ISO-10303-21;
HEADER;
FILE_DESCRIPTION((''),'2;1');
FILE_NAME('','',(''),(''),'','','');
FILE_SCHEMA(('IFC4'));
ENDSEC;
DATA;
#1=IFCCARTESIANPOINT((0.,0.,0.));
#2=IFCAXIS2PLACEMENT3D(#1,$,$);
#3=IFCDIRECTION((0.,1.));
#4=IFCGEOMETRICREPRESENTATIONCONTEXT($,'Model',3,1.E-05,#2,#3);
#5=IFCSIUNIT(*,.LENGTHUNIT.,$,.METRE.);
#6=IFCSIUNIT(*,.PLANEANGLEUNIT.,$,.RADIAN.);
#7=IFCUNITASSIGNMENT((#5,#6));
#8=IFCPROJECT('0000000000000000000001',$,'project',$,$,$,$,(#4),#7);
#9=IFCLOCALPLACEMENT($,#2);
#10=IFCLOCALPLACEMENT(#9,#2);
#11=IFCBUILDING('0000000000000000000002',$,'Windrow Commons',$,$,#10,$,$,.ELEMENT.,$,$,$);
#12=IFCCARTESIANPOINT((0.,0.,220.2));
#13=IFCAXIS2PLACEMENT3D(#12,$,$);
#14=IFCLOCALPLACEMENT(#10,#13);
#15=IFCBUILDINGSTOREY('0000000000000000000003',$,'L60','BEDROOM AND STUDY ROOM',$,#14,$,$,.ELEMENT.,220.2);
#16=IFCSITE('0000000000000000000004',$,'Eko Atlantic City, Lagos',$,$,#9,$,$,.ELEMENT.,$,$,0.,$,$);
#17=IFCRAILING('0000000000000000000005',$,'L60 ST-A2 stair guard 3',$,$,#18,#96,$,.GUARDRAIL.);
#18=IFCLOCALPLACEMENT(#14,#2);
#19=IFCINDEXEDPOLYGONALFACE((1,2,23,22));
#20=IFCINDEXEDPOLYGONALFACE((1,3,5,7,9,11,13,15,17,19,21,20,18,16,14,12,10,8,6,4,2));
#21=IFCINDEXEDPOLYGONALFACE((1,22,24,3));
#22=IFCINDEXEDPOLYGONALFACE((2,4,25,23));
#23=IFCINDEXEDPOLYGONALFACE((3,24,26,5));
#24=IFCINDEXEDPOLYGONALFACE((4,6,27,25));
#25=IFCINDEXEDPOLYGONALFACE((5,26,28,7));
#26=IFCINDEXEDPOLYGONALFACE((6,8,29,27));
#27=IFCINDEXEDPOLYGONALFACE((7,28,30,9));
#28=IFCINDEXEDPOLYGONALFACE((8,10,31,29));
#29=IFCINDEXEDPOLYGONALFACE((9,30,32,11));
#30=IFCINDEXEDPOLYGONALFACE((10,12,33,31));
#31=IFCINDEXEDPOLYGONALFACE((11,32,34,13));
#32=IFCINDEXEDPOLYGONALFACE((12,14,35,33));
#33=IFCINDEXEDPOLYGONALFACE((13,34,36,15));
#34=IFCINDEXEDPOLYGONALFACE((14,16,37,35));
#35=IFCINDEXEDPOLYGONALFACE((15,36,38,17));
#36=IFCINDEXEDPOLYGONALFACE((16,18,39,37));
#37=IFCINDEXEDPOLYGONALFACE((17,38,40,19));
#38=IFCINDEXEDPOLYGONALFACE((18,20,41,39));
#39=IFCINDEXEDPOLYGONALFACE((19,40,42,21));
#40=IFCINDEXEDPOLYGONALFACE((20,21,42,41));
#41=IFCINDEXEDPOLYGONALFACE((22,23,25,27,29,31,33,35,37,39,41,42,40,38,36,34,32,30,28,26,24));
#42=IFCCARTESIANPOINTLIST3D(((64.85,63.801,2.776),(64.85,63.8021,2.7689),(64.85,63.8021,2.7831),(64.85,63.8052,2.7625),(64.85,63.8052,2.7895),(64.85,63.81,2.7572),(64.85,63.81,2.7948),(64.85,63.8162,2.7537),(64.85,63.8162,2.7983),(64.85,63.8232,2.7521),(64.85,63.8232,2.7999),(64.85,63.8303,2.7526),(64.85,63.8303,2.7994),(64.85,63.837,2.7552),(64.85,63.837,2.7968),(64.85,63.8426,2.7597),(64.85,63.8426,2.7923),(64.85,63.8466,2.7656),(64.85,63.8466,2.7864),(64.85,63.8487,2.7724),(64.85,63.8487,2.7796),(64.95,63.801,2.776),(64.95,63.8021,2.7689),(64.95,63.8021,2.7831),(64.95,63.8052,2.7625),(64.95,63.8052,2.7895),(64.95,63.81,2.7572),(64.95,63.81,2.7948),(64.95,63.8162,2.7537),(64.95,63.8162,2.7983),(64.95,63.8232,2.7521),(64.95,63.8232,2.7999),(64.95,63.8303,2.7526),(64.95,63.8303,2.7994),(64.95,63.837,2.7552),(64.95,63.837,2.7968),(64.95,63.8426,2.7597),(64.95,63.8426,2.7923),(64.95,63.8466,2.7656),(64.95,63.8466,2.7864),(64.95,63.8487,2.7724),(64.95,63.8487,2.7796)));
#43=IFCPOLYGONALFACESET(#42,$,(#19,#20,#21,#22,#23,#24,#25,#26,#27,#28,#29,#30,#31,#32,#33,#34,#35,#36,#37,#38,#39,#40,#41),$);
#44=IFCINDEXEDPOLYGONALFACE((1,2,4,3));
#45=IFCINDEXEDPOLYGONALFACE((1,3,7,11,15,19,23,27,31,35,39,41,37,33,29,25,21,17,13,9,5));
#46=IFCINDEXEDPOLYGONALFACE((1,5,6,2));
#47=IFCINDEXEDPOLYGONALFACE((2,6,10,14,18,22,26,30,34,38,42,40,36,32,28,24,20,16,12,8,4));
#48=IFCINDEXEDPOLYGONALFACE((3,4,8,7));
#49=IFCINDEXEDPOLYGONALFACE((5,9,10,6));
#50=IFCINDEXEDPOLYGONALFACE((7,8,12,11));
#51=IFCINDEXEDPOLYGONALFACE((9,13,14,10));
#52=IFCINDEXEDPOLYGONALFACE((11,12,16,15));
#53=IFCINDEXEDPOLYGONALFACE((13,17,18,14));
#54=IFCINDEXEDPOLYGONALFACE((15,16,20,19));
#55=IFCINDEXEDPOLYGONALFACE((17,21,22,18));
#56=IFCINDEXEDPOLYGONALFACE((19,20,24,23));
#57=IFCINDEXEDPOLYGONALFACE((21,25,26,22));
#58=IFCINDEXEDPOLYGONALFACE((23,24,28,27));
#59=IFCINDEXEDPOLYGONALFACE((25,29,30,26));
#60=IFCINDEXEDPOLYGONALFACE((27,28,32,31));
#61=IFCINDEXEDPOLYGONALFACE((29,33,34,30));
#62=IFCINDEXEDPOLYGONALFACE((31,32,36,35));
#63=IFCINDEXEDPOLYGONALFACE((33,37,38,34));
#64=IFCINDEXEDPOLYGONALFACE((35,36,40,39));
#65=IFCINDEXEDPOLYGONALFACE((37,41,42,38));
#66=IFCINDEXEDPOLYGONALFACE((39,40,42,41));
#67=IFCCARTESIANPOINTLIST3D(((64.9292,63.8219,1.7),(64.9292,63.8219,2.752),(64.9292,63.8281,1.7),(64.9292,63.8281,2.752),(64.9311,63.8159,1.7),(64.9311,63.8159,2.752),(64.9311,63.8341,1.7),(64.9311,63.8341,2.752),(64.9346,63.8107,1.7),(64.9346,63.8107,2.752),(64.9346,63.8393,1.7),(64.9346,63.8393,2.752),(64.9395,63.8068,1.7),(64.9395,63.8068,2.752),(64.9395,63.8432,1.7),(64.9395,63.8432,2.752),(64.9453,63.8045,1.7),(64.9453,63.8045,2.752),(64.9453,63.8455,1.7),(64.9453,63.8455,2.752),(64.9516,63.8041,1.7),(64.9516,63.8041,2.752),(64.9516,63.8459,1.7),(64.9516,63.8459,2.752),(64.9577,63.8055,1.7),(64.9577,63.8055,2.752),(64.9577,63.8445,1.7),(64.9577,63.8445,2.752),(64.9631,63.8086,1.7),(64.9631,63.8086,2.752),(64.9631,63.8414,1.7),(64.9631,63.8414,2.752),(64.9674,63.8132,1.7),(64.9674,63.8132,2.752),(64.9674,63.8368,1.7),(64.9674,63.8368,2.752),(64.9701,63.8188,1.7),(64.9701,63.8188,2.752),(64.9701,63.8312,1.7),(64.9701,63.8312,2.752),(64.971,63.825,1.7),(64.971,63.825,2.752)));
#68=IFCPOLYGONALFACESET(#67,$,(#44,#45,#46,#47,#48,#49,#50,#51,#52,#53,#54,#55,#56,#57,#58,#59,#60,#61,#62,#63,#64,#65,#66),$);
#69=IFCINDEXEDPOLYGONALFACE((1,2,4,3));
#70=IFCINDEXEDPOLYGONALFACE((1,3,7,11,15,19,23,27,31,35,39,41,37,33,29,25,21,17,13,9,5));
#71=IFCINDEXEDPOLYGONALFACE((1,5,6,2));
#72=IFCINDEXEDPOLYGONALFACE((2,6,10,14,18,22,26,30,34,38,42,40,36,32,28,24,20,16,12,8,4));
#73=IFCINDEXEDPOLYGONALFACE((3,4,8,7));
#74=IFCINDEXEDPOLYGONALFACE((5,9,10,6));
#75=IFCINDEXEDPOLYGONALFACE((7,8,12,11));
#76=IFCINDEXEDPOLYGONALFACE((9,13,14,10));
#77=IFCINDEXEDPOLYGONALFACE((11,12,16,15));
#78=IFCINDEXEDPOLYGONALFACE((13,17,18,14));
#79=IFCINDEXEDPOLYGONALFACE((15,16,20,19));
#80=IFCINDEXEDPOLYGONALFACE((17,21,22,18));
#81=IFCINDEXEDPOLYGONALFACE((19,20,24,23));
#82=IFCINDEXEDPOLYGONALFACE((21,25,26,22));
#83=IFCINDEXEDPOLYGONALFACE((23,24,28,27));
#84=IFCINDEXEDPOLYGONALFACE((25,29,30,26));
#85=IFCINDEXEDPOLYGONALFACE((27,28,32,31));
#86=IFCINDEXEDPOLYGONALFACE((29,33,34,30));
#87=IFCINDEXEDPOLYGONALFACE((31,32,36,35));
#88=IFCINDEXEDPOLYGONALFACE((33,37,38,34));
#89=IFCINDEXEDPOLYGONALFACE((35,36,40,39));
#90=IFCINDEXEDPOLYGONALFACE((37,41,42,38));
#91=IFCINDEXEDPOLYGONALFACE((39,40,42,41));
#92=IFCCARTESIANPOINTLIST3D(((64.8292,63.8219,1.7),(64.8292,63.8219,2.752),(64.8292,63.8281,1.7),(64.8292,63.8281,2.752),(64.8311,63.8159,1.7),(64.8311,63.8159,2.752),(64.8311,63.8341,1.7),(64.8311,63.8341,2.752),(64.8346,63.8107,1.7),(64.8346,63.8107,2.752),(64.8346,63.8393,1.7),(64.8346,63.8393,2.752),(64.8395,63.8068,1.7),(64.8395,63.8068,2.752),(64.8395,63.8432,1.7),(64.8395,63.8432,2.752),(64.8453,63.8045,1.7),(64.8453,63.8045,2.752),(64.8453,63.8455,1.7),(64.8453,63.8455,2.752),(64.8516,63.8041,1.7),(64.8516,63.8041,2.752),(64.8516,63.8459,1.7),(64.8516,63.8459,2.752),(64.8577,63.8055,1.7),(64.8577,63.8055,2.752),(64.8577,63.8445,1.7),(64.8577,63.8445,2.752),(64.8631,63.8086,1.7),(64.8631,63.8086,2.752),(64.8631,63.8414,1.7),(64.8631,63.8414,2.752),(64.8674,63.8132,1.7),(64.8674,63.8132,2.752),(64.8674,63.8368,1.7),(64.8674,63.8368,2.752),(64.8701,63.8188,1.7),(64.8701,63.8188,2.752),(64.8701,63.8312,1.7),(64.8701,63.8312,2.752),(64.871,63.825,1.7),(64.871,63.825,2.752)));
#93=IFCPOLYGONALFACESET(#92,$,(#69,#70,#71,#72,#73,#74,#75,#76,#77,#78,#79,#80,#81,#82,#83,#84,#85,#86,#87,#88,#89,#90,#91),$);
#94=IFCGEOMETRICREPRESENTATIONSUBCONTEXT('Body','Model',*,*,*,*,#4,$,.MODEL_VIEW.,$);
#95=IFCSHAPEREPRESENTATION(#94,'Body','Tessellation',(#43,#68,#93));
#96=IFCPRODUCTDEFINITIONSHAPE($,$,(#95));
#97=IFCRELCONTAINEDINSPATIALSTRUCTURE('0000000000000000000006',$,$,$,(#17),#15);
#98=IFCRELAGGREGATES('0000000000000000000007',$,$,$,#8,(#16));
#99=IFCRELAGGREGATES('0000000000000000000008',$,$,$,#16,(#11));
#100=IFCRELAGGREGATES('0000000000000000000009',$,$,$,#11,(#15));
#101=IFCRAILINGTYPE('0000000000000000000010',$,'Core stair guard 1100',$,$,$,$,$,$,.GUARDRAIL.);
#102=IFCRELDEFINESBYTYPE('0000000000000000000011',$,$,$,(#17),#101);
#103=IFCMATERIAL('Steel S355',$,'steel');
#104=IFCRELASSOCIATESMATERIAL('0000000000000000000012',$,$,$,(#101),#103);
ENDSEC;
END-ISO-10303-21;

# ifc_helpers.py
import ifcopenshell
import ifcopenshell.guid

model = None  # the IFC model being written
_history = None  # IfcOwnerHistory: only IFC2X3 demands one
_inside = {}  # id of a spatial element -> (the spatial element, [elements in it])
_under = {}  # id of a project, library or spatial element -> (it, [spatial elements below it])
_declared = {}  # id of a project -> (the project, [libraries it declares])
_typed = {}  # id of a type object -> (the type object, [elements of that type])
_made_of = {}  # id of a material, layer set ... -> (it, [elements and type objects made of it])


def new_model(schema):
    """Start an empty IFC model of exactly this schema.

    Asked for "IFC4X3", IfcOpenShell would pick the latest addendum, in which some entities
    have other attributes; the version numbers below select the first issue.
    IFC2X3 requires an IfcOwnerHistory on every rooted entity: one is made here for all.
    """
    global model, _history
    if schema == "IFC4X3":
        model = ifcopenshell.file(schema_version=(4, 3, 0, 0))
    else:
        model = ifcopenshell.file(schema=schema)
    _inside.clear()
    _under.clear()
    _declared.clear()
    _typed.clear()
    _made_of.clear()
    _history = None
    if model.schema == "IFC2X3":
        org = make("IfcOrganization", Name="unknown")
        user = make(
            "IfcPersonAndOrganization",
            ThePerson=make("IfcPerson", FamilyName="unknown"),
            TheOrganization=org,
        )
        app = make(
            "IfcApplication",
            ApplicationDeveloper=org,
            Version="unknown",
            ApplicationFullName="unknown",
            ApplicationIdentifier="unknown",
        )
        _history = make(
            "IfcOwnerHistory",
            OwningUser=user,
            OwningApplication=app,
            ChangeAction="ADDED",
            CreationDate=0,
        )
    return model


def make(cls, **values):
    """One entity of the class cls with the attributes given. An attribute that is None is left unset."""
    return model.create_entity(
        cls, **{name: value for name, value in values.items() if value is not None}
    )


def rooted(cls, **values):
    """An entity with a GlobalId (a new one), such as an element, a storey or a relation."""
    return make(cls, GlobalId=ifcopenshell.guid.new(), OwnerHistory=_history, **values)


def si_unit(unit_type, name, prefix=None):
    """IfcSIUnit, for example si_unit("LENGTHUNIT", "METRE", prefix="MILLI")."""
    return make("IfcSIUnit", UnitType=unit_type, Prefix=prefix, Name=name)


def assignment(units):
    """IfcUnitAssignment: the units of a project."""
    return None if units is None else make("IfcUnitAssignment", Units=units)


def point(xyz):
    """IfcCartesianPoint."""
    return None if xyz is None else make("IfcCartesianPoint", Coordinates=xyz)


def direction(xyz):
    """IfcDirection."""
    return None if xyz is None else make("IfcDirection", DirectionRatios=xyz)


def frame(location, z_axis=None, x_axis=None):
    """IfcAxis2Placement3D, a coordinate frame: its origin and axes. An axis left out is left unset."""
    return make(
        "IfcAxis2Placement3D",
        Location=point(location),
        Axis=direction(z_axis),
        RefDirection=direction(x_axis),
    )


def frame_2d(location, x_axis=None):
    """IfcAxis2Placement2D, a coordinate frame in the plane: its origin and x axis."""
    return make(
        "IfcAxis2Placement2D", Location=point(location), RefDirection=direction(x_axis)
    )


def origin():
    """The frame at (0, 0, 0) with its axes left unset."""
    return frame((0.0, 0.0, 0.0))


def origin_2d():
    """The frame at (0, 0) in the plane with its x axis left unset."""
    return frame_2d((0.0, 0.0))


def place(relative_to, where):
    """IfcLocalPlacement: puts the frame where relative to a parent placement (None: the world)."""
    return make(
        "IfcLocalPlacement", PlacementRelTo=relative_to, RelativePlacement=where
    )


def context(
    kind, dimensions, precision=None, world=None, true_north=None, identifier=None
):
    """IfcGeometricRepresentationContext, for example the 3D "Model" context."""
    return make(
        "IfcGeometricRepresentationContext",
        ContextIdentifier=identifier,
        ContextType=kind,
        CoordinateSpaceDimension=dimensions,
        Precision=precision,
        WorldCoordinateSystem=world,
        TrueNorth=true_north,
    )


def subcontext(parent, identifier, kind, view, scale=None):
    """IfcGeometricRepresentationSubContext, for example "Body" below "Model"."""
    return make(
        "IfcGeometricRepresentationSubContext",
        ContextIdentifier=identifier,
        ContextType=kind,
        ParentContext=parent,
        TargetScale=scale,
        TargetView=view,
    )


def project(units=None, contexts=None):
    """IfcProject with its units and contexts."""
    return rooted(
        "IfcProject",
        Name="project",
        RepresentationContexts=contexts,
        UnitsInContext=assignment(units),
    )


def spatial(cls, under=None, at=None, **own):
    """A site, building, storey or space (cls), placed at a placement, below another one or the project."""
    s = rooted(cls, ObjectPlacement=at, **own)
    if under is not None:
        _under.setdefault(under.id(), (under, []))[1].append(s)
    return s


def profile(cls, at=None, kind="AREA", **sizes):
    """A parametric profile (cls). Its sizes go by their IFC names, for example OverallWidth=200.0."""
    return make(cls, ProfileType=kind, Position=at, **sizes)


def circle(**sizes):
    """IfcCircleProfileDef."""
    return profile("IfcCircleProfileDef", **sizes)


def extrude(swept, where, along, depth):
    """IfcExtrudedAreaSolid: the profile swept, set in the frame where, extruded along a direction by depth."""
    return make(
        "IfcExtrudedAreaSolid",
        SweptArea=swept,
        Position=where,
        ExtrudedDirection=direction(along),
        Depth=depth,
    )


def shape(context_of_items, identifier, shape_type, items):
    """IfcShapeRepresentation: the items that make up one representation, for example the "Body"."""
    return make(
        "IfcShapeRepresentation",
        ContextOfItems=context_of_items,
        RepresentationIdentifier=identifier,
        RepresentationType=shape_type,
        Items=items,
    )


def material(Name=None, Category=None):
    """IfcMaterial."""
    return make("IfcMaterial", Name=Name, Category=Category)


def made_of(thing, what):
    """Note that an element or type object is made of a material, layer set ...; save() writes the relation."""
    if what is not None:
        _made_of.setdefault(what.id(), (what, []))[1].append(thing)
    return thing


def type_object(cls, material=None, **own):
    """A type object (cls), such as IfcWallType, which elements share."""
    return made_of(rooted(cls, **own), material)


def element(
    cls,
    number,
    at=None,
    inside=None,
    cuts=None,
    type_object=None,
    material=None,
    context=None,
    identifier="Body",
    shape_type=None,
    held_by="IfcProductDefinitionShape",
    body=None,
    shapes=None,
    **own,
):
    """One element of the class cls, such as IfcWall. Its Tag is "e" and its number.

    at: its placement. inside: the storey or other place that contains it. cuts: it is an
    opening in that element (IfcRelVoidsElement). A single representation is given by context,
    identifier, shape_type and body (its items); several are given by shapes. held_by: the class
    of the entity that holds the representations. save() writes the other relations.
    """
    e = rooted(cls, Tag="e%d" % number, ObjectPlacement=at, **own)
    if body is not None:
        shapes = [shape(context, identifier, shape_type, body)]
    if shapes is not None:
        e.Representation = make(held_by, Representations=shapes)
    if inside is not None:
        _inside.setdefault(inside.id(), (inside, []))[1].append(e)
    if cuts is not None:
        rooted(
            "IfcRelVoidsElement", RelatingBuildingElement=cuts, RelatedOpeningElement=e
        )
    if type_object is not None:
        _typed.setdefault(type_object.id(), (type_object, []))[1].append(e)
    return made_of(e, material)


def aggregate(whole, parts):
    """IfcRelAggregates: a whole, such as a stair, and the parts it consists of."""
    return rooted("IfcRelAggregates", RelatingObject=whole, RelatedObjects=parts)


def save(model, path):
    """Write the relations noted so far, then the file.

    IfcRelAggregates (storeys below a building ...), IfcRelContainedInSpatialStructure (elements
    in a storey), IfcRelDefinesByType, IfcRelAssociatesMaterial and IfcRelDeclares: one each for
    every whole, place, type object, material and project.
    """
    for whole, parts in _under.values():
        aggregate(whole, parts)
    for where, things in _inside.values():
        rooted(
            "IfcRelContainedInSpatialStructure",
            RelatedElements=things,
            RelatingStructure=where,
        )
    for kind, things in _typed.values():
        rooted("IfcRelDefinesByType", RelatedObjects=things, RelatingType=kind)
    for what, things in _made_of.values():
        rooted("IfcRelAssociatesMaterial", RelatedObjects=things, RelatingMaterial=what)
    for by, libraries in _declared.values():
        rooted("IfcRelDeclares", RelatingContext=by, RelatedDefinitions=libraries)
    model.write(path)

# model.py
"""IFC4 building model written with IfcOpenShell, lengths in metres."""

from ifc_helpers import new_model, si_unit, direction, frame, origin, origin_2d, place, context, subcontext, project, spatial, circle, extrude, material, type_object, element, save


model = new_model("IFC4")

# Units and contexts
model_context = context("Model", 3, precision=1e-05, world=origin(), true_north=direction((0.0, 1.0)))
body_context = subcontext(model_context, "Body", "Model", "MODEL_VIEW")
ifc_project = project(units=[si_unit("LENGTHUNIT", "METRE"), si_unit("PLANEANGLEUNIT", "RADIAN")], contexts=[model_context])

# Site, building, storey
site_placement = place(None, origin())
site = spatial("IfcSite", under=ifc_project, at=site_placement, Name="Eko Atlantic City, Lagos", CompositionType="ELEMENT", RefElevation=0.0)
building_placement = place(site_placement, origin())
building = spatial("IfcBuilding", under=site, at=building_placement, Name="Windrow Commons", CompositionType="ELEMENT")
storey_placement = place(building_placement, frame((0.0, 0.0, 220.2)))
storey = spatial("IfcBuildingStorey", under=building, at=storey_placement, Name="L60", Description="BEDROOM AND STUDY ROOM", CompositionType="ELEMENT", Elevation=220.2)

# Railing
ifc_material_1 = material(Name="Steel S355", Category="steel")
railing_type_1 = type_object("IfcRailingType", Name="Core stair guard 1100", PredefinedType="GUARDRAIL", material=ifc_material_1)
railing_1_placement = place(storey_placement, frame((64.95, 63.825, 1.7)))
element("IfcRailing", 1, at=railing_1_placement, inside=storey, type_object=railing_type_1, Name="L60 ST-A2 stair guard 3", PredefinedType="GUARDRAIL", context=body_context, shape_type="SweptSolid", body=[
    extrude(circle(Radius=0.024, at=origin_2d()), frame((0.0, 0.0, 1.076), z_axis=(-1.0, 0.0, 0.0), x_axis=(0.0, -1.0, 0.0)), (0.0, 0.0, 1.0), 0.1),
    extrude(circle(Radius=0.021, at=origin_2d()), origin(), (0.0, 0.0, 1.0), 1.052),
    extrude(circle(Radius=0.021, at=origin_2d()), frame((-0.1, 0.0, 0.0)), (0.0, 0.0, 1.0), 1.052),
])

save(model, "model.ifc")
